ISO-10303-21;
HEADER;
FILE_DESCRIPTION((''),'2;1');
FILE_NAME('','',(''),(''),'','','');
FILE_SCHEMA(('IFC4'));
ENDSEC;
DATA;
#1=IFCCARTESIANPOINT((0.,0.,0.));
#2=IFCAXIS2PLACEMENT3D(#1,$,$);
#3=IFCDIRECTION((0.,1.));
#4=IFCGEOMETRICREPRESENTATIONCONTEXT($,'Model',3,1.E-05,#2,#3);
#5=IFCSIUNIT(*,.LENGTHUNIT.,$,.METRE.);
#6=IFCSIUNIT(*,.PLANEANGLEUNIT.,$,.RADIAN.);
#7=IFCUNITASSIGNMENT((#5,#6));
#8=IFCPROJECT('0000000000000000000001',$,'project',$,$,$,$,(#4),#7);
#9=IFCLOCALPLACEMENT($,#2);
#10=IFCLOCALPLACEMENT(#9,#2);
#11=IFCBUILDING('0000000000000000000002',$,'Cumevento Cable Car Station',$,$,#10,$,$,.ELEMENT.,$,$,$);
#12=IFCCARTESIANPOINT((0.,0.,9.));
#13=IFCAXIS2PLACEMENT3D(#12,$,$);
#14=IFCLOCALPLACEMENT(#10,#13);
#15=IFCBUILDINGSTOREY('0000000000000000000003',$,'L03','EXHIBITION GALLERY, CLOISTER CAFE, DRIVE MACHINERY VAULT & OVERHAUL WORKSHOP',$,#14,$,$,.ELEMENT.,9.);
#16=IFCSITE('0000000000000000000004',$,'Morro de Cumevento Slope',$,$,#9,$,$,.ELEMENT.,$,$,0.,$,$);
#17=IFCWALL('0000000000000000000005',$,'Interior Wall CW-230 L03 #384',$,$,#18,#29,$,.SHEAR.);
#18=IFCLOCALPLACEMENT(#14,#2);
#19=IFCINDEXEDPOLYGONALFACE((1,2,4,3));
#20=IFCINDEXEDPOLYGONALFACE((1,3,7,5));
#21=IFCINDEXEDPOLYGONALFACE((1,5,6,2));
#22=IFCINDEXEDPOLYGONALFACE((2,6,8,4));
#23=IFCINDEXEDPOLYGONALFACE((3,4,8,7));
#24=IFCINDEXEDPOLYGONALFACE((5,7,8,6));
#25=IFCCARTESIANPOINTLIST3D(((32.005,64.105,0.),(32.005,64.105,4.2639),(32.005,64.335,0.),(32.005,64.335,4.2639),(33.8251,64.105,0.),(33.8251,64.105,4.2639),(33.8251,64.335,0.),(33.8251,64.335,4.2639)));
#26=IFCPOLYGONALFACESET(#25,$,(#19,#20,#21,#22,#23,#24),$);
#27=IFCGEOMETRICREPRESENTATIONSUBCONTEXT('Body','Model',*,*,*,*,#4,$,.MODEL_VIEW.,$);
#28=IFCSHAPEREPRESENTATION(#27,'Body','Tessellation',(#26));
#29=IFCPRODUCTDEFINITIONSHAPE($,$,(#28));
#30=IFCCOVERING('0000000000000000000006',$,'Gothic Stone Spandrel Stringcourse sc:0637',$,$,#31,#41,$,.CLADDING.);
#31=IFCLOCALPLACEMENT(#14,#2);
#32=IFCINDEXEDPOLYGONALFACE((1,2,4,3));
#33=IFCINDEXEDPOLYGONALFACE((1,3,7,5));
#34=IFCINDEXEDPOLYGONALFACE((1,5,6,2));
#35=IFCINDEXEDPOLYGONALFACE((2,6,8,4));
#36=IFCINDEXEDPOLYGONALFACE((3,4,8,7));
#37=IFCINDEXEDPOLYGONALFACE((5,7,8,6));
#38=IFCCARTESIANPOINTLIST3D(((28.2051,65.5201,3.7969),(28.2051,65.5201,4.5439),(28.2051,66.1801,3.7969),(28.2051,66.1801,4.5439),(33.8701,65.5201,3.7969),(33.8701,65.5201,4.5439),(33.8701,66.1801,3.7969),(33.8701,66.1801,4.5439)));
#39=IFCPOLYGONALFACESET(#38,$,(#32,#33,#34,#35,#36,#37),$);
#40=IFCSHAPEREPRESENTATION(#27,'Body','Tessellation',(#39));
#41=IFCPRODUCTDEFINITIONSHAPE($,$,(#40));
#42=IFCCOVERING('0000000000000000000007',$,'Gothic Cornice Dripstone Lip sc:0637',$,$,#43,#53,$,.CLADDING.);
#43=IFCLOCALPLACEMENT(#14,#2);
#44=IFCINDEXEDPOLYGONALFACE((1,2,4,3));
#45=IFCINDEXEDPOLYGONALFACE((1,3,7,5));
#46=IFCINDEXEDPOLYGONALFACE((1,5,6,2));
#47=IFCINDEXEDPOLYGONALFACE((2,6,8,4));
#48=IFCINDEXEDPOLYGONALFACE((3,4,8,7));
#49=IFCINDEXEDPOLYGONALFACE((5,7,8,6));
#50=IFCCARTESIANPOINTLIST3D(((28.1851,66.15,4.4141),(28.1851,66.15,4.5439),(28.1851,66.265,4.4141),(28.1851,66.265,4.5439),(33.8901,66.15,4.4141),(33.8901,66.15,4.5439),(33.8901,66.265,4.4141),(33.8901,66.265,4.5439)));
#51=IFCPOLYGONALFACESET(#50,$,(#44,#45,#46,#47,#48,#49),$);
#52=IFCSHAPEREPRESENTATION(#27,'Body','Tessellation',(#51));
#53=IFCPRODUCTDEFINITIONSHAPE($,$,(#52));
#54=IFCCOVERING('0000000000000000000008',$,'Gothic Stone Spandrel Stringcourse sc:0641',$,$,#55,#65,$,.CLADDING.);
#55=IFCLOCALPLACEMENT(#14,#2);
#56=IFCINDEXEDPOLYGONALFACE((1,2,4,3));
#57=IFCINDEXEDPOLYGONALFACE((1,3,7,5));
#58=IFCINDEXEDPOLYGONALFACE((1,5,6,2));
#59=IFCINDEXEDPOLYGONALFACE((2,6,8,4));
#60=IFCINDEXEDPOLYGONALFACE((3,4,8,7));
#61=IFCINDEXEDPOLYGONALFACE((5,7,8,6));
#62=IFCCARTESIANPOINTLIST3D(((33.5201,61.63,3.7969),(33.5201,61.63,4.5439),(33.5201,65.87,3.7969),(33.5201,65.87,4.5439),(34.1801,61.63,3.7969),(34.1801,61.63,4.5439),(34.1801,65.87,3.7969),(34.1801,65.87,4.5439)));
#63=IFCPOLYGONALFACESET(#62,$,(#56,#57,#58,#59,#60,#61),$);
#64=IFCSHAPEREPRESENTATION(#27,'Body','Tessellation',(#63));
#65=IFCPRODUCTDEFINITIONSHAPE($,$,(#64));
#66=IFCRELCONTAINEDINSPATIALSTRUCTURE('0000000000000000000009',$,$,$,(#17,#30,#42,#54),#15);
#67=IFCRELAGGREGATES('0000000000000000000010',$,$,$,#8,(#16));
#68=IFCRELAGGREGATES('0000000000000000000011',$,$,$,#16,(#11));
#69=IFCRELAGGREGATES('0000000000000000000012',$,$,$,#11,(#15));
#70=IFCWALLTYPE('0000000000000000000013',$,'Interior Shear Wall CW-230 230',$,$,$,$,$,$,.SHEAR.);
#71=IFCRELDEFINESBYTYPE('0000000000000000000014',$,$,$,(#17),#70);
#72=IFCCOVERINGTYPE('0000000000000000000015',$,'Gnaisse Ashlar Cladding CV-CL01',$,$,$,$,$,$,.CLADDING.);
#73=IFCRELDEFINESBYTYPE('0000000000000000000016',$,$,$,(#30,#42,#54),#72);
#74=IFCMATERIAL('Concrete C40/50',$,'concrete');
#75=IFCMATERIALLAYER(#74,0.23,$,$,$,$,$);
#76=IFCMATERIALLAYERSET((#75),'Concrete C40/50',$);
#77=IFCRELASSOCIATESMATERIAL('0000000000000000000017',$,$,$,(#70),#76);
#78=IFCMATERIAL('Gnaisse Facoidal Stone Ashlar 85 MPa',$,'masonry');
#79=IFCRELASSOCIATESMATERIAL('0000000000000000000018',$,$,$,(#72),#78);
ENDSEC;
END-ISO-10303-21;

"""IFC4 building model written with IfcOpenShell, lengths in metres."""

from ifc_helpers import new_model, si_unit, direction, frame, frame_2d, origin, origin_2d, place, context, subcontext, project, spatial, rectangle, extrude, material, layer, layer_set, type_object, element, save


model = new_model("IFC4")

# Units and contexts
model_context = context("Model", 3, precision=1e-05, world=origin(), true_north=direction((0.0, 1.0)))
body_context = subcontext(model_context, "Body", "Model", "MODEL_VIEW")
ifc_project = project(units=[si_unit("LENGTHUNIT", "METRE"), si_unit("PLANEANGLEUNIT", "RADIAN")], contexts=[model_context])

# Site, building, storey
site_placement = place(None, origin())
site = spatial("IfcSite", under=ifc_project, at=site_placement, Name="Morro de Cumevento Slope", CompositionType="ELEMENT", RefElevation=0.0)
building_placement = place(site_placement, origin())
building = spatial("IfcBuilding", under=site, at=building_placement, Name="Cumevento Cable Car Station", CompositionType="ELEMENT")
storey_placement = place(building_placement, frame((0.0, 0.0, 9.0)))
storey = spatial("IfcBuildingStorey", under=building, at=storey_placement, Name="L03", Description="EXHIBITION GALLERY, CLOISTER CAFE, DRIVE MACHINERY VAULT & OVERHAUL WORKSHOP", CompositionType="ELEMENT", Elevation=9.0)

# Wall
ifc_material_1 = material(Name="Concrete C40/50", Category="concrete")
ifc_layer_1 = layer(ifc_material_1, 0.23)
ifc_layer_set_1 = layer_set([ifc_layer_1], Name="Concrete C40/50")
wall_type_1 = type_object("IfcWallType", Name="Interior Shear Wall CW-230 230", PredefinedType="SHEAR", material=ifc_layer_set_1)
wall_1_placement = place(storey_placement, frame((32.0049, 64.22, 0.0), z_axis=(0.0, 0.0, 1.0), x_axis=(1.0, 0.0, 0.0)))
element("IfcWall", 1, at=wall_1_placement, inside=storey, type_object=wall_type_1, Name="Interior Wall CW-230 L03 #384", PredefinedType="SHEAR", context=body_context, shape_type="SweptSolid", body=[
    extrude(rectangle(XDim=1.8201, YDim=0.23, at=frame_2d((0.9102, 0.0))), origin(), (0.0, 0.0, 1.0), 4.2639),
])

# Coverings
ifc_material_2 = material(Name="Gnaisse Facoidal Stone Ashlar 85 MPa", Category="masonry")
covering_type = type_object("IfcCoveringType", Name="Gnaisse Ashlar Cladding CV-CL01", PredefinedType="CLADDING", material=ifc_material_2)
covering_1_placement = place(storey_placement, frame((31.0376, 65.8501, 3.7969), z_axis=(0.0, 0.0, 1.0), x_axis=(1.0, 0.0, 0.0)))
element("IfcCovering", 2, at=covering_1_placement, inside=storey, type_object=covering_type, Name="Gothic Stone Spandrel Stringcourse sc:0637", PredefinedType="CLADDING", context=body_context, shape_type="SweptSolid", body=[
    extrude(rectangle(XDim=5.665, YDim=0.6599, at=origin_2d()), origin(), (0.0, 0.0, 1.0), 0.7471),
])
covering_2_placement = place(storey_placement, frame((31.0376, 66.2075, 4.4141), z_axis=(0.0, 0.0, 1.0), x_axis=(1.0, 0.0, 0.0)))
element("IfcCovering", 3, at=covering_2_placement, inside=storey, type_object=covering_type, Name="Gothic Cornice Dripstone Lip sc:0637", PredefinedType="CLADDING", context=body_context, shape_type="SweptSolid", body=[
    extrude(rectangle(XDim=5.7051, YDim=0.115, at=origin_2d()), origin(), (0.0, 0.0, 1.0), 0.1299),
])
covering_3_placement = place(storey_placement, frame((33.8501, 63.75, 3.7969), z_axis=(0.0, 0.0, 1.0), x_axis=(0.0, -1.0, 0.0)))
element("IfcCovering", 4, at=covering_3_placement, inside=storey, type_object=covering_type, Name="Gothic Stone Spandrel Stringcourse sc:0641", PredefinedType="CLADDING", context=body_context, shape_type="SweptSolid", body=[
    extrude(rectangle(XDim=4.24, YDim=0.6599, at=origin_2d()), origin(), (0.0, 0.0, 1.0), 0.7471),
])

save(model, "model.ifc")
